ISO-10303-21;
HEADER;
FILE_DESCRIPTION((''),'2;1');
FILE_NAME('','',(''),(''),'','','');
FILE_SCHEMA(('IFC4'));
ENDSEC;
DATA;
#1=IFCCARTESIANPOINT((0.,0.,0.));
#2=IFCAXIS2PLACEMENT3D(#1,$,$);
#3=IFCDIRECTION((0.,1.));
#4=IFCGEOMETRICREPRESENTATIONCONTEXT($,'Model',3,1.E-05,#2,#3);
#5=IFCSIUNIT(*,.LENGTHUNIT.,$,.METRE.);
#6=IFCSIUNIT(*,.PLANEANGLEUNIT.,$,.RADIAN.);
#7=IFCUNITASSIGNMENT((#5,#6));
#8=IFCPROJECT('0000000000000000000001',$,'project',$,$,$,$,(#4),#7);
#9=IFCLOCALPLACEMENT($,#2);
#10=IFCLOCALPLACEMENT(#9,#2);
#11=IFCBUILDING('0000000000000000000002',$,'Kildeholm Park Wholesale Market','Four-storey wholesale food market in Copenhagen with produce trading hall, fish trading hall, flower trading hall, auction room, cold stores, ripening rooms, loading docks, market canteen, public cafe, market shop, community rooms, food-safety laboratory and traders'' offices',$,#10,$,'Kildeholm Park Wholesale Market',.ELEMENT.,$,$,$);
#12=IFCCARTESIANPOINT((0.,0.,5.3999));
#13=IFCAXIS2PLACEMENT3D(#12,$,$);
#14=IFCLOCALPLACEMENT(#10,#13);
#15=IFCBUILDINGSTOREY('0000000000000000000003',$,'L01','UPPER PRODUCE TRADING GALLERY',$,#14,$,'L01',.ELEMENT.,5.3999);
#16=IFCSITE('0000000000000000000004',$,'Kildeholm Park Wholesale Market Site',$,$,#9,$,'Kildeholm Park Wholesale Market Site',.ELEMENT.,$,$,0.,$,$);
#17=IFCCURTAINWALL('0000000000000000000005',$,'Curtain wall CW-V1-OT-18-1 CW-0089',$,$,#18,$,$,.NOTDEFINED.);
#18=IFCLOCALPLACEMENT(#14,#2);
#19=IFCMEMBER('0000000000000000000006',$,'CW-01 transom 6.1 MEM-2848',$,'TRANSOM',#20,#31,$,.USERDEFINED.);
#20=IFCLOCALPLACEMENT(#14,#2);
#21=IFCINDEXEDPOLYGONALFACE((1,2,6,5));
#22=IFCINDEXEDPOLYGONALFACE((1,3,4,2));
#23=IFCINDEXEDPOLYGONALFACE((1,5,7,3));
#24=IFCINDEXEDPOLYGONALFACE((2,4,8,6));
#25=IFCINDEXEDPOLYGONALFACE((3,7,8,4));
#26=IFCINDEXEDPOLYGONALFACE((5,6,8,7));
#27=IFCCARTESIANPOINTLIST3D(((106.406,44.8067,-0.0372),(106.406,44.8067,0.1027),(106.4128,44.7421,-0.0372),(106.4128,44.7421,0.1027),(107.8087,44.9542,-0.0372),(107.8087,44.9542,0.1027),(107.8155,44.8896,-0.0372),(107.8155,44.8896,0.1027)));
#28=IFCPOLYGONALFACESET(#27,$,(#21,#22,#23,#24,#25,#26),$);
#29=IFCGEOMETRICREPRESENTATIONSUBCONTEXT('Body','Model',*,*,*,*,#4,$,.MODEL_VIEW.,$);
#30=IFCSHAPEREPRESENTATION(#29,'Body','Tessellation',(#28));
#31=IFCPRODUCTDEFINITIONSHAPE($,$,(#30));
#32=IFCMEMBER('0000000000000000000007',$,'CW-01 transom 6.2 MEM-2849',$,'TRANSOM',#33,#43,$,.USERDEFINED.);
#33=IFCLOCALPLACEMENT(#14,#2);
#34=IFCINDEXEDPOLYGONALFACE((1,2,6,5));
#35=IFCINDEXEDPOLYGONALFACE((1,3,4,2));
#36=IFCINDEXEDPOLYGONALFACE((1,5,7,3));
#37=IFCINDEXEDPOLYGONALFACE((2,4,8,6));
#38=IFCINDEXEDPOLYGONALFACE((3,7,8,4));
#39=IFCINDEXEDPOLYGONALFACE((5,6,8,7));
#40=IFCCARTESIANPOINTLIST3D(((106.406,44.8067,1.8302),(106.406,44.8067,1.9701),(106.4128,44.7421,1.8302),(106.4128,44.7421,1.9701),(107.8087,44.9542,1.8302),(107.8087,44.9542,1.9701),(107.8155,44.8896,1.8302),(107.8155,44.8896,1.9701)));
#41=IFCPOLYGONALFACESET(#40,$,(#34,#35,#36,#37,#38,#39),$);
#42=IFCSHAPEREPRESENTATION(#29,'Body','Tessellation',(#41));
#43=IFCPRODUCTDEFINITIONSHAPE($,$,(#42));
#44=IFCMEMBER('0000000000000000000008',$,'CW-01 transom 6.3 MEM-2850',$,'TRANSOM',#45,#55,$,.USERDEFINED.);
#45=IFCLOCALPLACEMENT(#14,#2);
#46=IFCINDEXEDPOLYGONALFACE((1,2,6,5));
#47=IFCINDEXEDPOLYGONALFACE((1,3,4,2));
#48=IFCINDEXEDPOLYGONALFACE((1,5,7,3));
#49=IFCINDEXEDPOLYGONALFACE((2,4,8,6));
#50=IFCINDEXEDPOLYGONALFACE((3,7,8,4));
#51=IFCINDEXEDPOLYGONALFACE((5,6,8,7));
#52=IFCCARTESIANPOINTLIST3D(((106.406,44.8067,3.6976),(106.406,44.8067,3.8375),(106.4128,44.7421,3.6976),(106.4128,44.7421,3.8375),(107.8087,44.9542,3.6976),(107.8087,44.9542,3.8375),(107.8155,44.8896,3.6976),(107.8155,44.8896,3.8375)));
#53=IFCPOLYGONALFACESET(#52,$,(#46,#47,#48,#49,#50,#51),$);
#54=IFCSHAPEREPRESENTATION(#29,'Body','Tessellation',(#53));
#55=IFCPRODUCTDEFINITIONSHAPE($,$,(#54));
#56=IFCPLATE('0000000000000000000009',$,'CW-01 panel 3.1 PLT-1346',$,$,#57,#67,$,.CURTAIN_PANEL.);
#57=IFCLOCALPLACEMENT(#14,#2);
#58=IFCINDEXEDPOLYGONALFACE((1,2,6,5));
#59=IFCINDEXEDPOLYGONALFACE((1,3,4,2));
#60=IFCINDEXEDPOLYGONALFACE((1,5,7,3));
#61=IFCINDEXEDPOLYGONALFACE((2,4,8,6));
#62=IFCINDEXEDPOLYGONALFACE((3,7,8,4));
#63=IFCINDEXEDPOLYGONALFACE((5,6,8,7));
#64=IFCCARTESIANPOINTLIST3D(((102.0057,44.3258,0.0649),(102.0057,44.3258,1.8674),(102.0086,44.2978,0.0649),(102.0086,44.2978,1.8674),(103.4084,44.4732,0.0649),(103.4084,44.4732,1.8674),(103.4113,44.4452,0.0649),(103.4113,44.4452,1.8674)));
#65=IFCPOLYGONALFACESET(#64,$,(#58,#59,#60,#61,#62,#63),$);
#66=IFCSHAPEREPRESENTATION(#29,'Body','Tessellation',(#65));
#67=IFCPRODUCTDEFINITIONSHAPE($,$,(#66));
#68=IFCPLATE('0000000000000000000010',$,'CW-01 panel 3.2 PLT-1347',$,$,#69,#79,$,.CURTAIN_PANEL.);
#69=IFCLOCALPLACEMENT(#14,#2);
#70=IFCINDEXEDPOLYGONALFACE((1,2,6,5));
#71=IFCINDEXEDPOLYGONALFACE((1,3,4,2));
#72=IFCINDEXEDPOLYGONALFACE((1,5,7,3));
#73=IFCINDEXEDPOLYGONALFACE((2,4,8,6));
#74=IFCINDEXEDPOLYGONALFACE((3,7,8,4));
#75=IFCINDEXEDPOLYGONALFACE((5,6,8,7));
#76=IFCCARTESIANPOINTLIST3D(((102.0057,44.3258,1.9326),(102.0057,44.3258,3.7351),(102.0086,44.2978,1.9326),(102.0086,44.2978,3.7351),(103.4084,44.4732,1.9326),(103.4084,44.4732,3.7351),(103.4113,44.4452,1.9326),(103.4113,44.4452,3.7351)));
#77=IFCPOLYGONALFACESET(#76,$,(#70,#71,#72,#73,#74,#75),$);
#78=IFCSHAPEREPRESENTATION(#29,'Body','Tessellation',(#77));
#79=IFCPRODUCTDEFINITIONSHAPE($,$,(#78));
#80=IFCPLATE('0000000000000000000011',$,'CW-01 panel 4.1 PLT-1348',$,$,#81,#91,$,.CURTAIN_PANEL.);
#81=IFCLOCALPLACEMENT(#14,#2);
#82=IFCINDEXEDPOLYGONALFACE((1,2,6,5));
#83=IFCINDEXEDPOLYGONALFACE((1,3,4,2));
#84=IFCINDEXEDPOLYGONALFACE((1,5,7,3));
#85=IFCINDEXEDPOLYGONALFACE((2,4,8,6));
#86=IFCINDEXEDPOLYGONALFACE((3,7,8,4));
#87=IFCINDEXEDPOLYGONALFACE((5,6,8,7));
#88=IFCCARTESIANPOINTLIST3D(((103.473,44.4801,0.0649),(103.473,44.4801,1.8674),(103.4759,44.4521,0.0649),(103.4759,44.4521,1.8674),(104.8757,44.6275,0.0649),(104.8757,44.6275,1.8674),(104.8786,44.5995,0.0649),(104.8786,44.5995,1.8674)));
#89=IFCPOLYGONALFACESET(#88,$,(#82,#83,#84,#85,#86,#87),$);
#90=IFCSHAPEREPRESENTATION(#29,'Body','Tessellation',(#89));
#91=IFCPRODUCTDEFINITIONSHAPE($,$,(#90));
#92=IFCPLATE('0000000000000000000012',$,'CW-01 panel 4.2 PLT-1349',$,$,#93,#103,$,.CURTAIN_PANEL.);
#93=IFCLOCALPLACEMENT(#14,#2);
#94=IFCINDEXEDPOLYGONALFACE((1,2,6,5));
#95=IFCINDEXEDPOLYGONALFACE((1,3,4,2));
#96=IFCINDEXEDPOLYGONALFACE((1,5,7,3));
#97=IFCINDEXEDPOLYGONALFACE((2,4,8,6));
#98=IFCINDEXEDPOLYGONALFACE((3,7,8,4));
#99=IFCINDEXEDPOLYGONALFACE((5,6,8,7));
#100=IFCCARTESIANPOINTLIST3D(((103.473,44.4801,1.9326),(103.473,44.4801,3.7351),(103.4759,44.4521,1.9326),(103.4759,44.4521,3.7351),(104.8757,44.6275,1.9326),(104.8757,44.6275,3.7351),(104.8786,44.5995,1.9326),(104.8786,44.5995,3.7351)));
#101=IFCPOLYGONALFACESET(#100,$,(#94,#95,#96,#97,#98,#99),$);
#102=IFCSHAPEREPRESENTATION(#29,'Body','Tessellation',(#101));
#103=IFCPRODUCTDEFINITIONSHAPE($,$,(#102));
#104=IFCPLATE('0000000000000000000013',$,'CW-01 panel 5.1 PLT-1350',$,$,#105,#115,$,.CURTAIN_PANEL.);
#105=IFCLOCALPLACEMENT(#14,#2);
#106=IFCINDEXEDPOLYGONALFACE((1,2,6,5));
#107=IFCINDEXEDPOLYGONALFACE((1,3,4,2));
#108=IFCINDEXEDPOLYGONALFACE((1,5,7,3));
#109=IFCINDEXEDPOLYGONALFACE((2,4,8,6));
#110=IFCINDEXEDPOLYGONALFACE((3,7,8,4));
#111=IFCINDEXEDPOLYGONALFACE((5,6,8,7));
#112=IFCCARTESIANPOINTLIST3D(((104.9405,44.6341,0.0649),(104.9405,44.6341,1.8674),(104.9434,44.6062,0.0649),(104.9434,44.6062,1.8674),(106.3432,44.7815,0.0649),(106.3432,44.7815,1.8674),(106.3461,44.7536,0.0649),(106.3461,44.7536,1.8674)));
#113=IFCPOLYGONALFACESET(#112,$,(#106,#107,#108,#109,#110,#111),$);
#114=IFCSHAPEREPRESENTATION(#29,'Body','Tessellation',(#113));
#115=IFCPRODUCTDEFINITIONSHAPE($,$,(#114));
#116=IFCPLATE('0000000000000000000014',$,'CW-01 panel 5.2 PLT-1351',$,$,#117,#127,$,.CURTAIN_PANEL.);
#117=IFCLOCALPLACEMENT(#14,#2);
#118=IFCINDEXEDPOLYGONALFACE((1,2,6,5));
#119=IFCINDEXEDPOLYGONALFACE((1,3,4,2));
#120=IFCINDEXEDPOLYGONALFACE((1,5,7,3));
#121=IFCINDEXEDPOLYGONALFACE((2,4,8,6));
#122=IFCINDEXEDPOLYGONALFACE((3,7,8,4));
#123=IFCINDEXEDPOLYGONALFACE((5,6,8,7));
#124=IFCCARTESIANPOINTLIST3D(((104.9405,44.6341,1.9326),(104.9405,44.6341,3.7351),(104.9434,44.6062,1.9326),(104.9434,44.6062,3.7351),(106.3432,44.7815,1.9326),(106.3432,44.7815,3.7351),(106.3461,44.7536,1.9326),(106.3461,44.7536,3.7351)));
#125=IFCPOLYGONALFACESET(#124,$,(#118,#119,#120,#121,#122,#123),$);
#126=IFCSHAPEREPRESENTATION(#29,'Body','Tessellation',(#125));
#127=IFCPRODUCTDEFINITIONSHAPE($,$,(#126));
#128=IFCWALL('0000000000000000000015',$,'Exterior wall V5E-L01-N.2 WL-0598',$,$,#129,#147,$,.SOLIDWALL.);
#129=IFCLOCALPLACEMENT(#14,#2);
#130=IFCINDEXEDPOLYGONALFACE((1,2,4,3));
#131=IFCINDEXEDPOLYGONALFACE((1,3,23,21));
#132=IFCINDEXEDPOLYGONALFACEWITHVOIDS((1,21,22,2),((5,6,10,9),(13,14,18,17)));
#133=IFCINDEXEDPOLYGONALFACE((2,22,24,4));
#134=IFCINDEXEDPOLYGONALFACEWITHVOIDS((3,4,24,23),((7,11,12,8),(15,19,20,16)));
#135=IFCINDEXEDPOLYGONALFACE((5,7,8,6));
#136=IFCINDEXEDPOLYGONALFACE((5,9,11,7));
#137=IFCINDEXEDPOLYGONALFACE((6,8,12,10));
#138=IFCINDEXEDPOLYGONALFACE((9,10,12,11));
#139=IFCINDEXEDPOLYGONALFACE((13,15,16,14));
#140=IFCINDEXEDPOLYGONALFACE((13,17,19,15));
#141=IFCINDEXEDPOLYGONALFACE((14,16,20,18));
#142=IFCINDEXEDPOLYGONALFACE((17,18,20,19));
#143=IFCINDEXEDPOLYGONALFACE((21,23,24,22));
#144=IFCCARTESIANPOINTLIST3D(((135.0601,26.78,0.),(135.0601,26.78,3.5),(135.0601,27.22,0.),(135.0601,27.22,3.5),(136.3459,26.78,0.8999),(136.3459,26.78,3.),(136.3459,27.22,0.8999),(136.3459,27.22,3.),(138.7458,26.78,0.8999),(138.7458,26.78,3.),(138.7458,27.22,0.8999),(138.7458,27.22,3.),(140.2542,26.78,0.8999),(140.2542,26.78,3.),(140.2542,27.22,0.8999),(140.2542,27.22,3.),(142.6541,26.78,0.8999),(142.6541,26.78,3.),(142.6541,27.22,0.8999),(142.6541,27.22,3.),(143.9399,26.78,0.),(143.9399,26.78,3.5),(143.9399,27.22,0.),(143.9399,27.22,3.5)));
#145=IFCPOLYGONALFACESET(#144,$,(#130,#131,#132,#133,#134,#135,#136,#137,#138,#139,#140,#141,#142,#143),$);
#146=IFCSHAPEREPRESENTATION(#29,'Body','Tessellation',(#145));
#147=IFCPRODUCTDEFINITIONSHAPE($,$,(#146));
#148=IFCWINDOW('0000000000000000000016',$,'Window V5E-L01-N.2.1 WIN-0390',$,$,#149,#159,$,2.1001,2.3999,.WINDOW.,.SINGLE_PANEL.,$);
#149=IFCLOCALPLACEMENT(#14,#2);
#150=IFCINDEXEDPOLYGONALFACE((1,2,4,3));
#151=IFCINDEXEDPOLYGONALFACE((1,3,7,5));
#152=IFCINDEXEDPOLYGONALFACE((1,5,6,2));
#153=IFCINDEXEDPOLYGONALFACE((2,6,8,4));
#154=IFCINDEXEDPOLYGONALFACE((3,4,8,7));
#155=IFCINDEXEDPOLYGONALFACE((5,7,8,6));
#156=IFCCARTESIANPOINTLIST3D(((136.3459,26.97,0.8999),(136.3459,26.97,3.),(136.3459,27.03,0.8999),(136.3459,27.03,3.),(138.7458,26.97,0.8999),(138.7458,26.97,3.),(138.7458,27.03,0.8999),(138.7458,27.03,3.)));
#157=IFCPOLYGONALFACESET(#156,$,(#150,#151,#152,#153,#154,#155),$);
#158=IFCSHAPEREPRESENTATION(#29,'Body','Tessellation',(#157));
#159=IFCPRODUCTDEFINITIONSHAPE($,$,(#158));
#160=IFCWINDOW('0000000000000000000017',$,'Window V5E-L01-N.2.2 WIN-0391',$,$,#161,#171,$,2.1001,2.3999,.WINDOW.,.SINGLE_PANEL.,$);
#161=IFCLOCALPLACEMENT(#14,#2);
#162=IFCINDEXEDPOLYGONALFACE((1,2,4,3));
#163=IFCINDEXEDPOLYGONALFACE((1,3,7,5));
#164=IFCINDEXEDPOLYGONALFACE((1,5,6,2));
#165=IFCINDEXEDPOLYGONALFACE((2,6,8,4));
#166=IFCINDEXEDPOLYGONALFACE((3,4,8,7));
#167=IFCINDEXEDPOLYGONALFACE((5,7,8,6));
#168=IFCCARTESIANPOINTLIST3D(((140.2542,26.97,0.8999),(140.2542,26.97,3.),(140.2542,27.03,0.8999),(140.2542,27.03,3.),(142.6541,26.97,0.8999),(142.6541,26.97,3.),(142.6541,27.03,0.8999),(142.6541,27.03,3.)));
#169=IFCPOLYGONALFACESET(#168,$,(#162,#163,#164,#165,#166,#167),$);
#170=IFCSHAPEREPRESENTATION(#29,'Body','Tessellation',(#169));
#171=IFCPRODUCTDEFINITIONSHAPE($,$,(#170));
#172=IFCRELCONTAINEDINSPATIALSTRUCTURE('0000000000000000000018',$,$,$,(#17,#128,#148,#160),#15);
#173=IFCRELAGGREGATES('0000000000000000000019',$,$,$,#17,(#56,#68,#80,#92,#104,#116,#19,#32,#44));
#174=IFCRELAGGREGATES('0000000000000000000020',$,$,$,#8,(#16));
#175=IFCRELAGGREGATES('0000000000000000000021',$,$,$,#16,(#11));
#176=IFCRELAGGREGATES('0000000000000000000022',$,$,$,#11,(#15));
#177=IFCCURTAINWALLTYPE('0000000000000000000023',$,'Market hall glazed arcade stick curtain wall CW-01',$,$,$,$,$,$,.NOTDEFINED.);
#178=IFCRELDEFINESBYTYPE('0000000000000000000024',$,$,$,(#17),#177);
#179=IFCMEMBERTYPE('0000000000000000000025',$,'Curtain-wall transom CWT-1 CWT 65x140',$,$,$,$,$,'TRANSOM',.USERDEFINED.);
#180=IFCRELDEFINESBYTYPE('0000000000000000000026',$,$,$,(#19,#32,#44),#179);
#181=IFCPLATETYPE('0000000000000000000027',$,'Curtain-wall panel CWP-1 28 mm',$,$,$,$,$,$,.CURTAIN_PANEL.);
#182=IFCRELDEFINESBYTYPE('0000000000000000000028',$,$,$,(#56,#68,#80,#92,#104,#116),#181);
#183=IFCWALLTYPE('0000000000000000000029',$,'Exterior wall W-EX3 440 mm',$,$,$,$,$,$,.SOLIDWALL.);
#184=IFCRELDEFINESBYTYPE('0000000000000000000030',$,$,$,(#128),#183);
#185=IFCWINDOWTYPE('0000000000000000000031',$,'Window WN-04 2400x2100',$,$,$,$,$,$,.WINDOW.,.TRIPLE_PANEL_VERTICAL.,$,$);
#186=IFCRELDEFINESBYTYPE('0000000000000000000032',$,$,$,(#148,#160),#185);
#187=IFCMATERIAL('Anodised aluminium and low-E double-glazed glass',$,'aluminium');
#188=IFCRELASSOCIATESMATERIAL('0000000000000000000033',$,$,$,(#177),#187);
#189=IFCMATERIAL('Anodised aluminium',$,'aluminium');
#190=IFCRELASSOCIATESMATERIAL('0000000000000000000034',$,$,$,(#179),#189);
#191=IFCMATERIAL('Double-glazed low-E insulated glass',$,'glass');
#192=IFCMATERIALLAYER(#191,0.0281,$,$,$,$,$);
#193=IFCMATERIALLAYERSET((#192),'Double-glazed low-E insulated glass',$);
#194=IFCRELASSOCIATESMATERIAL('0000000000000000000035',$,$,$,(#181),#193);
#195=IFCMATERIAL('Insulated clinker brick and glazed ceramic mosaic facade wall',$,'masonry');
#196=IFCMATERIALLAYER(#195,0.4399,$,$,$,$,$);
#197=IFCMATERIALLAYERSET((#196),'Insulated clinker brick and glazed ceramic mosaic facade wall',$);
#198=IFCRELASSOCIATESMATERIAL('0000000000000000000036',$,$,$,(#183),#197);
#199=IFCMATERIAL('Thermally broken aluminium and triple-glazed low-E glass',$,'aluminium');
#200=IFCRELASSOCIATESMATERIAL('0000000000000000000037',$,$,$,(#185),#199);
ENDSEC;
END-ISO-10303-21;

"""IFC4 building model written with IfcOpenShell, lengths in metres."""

from ifc_helpers import new_model, si_unit, direction, frame, frame_2d, origin, origin_2d, place, context, subcontext, project, spatial, rectangle, extrude, material, layer, layer_set, material_profile, profile_set, type_object, element, fill, aggregate, save


model = new_model("IFC4")

# Units and contexts
model_context = context("Model", 3, precision=1e-05, world=origin(), true_north=direction((0.0, 1.0)))
body_context = subcontext(model_context, "Body", "Model", "MODEL_VIEW")
ifc_project = project(units=[si_unit("LENGTHUNIT", "METRE"), si_unit("PLANEANGLEUNIT", "RADIAN")], contexts=[model_context])

# Site, building, storey
site_placement = place(None, origin())
site = spatial("IfcSite", under=ifc_project, at=site_placement, Name="Kildeholm Park Wholesale Market Site", LongName="Kildeholm Park Wholesale Market Site", CompositionType="ELEMENT", RefElevation=0.0)
building_placement = place(site_placement, origin())
building = spatial("IfcBuilding", under=site, at=building_placement, Name="Kildeholm Park Wholesale Market", Description="Four-storey wholesale food market in Copenhagen with produce trading hall, fish trading hall, flower trading hall, auction room, cold stores, ripening rooms, loading docks, market canteen, public cafe, market shop, community rooms, food-safety laboratory and traders' offices", LongName="Kildeholm Park Wholesale Market", CompositionType="ELEMENT")
storey_placement = place(building_placement, frame((0.0, 0.0, 5.3999)))
storey = spatial("IfcBuildingStorey", under=building, at=storey_placement, Name="L01", Description="UPPER PRODUCE TRADING GALLERY", LongName="L01", CompositionType="ELEMENT", Elevation=5.3999)

# Curtain wall, members, plates
ifc_material_1 = material(Name="Anodised aluminium and low-E double-glazed glass", Category="aluminium")
curtain_wall_type = type_object("IfcCurtainWallType", Name="Market hall glazed arcade stick curtain wall CW-01", PredefinedType="NOTDEFINED", material=ifc_material_1)
curtain_wall_placement = place(storey_placement, origin())
curtain_wall = element("IfcCurtainWall", 1, at=curtain_wall_placement, inside=storey, type_object=curtain_wall_type, Name="Curtain wall CW-V1-OT-18-1 CW-0089", PredefinedType="NOTDEFINED")
ifc_material_2 = material(Name="Anodised aluminium", Category="aluminium")
ifc_material_profile_1 = material_profile(ifc_material_2, rectangle(XDim=0.0649, YDim=0.1399, at=origin_2d()), Name="CWT 65x140")
ifc_profile_set_1 = profile_set([ifc_material_profile_1], Name="Anodised aluminium")
member_type_1 = type_object("IfcMemberType", Name="Curtain-wall transom CWT-1 CWT 65x140", ElementType="TRANSOM", PredefinedType="USERDEFINED", material=ifc_profile_set_1)
member_1_placement = place(storey_placement, frame((106.4094, 44.7744, 0.0327), z_axis=(0.994519, 0.104559, 0.0), x_axis=(-0.104559, 0.994519, 0.0)))
member_1 = element("IfcMember", 2, at=member_1_placement, type_object=member_type_1, Name="CW-01 transom 6.1 MEM-2848", ObjectType="TRANSOM", PredefinedType="USERDEFINED", context=body_context, shape_type="SweptSolid", body=[
    extrude(rectangle(XDim=0.0649, YDim=0.1399, at=origin_2d()), origin(), (0.0, 0.0, 1.0), 1.4104),
])
member_2_placement = place(storey_placement, frame((106.4094, 44.7744, 1.9001), z_axis=(0.994519, 0.104559, 0.0), x_axis=(-0.104559, 0.994519, 0.0)))
member_2 = element("IfcMember", 3, at=member_2_placement, type_object=member_type_1, Name="CW-01 transom 6.2 MEM-2849", ObjectType="TRANSOM", PredefinedType="USERDEFINED", context=body_context, shape_type="SweptSolid", body=[
    extrude(rectangle(XDim=0.0649, YDim=0.1399, at=origin_2d()), origin(), (0.0, 0.0, 1.0), 1.4104),
])
member_3_placement = place(storey_placement, frame((106.4094, 44.7744, 3.7676), z_axis=(0.994519, 0.104559, 0.0), x_axis=(-0.104559, 0.994519, 0.0)))
member_3 = element("IfcMember", 4, at=member_3_placement, type_object=member_type_1, Name="CW-01 transom 6.3 MEM-2850", ObjectType="TRANSOM", PredefinedType="USERDEFINED", context=body_context, shape_type="SweptSolid", body=[
    extrude(rectangle(XDim=0.0649, YDim=0.1399, at=origin_2d()), origin(), (0.0, 0.0, 1.0), 1.4104),
])
ifc_material_3 = material(Name="Double-glazed low-E insulated glass", Category="glass")
ifc_layer_1 = layer(ifc_material_3, 0.0281)
ifc_layer_set_1 = layer_set([ifc_layer_1], Name="Double-glazed low-E insulated glass")
plate_type = type_object("IfcPlateType", Name="Curtain-wall panel CWP-1 28 mm", PredefinedType="CURTAIN_PANEL", material=ifc_layer_set_1)
plate_1_placement = place(storey_placement, frame((102.7085, 44.3855, 0.0649), z_axis=(0.0, 0.0, 1.0), x_axis=(0.994524, 0.104508, 0.0)))
plate_1 = element("IfcPlate", 5, at=plate_1_placement, type_object=plate_type, Name="CW-01 panel 3.1 PLT-1346", PredefinedType="CURTAIN_PANEL", context=body_context, shape_type="SweptSolid", body=[
    extrude(rectangle(XDim=1.4104, YDim=0.0281, at=origin_2d()), origin(), (0.0, 0.0, 1.0), 1.8025),
])
plate_2_placement = place(storey_placement, frame((102.7085, 44.3855, 1.9326), z_axis=(0.0, 0.0, 1.0), x_axis=(0.994524, 0.104508, 0.0)))
plate_2 = element("IfcPlate", 6, at=plate_2_placement, type_object=plate_type, Name="CW-01 panel 3.2 PLT-1347", PredefinedType="CURTAIN_PANEL", context=body_context, shape_type="SweptSolid", body=[
    extrude(rectangle(XDim=1.4104, YDim=0.0281, at=origin_2d()), origin(), (0.0, 0.0, 1.0), 1.8025),
])
plate_3_placement = place(storey_placement, frame((104.1758, 44.5398, 0.0649), z_axis=(0.0, 0.0, 1.0), x_axis=(0.994524, 0.104508, 0.0)))
plate_3 = element("IfcPlate", 7, at=plate_3_placement, type_object=plate_type, Name="CW-01 panel 4.1 PLT-1348", PredefinedType="CURTAIN_PANEL", context=body_context, shape_type="SweptSolid", body=[
    extrude(rectangle(XDim=1.4104, YDim=0.0281, at=origin_2d()), origin(), (0.0, 0.0, 1.0), 1.8025),
])
plate_4_placement = place(storey_placement, frame((104.1758, 44.5398, 1.9326), z_axis=(0.0, 0.0, 1.0), x_axis=(0.994524, 0.104508, 0.0)))
plate_4 = element("IfcPlate", 8, at=plate_4_placement, type_object=plate_type, Name="CW-01 panel 4.2 PLT-1349", PredefinedType="CURTAIN_PANEL", context=body_context, shape_type="SweptSolid", body=[
    extrude(rectangle(XDim=1.4104, YDim=0.0281, at=origin_2d()), origin(), (0.0, 0.0, 1.0), 1.8025),
])
plate_5_placement = place(storey_placement, frame((105.6433, 44.6938, 0.0649), z_axis=(0.0, 0.0, 1.0), x_axis=(0.994524, 0.104508, 0.0)))
plate_5 = element("IfcPlate", 9, at=plate_5_placement, type_object=plate_type, Name="CW-01 panel 5.1 PLT-1350", PredefinedType="CURTAIN_PANEL", context=body_context, shape_type="SweptSolid", body=[
    extrude(rectangle(XDim=1.4104, YDim=0.0281, at=origin_2d()), origin(), (0.0, 0.0, 1.0), 1.8025),
])
plate_6_placement = place(storey_placement, frame((105.6433, 44.6938, 1.9326), z_axis=(0.0, 0.0, 1.0), x_axis=(0.994524, 0.104508, 0.0)))
plate_6 = element("IfcPlate", 10, at=plate_6_placement, type_object=plate_type, Name="CW-01 panel 5.2 PLT-1351", PredefinedType="CURTAIN_PANEL", context=body_context, shape_type="SweptSolid", body=[
    extrude(rectangle(XDim=1.4104, YDim=0.0281, at=origin_2d()), origin(), (0.0, 0.0, 1.0), 1.8025),
])
aggregate(curtain_wall, [plate_1, plate_2, plate_3, plate_4, plate_5, plate_6, member_1, member_2, member_3])

# Wall, openings, windows
ifc_material_4 = material(Name="Insulated clinker brick and glazed ceramic mosaic facade wall", Category="masonry")
ifc_layer_2 = layer(ifc_material_4, 0.4399)
ifc_layer_set_2 = layer_set([ifc_layer_2], Name="Insulated clinker brick and glazed ceramic mosaic facade wall")
wall_type = type_object("IfcWallType", Name="Exterior wall W-EX3 440 mm", PredefinedType="SOLIDWALL", material=ifc_layer_set_2)
wall_placement = place(storey_placement, frame((135.0601, 27.0, 0.0), z_axis=(0.0, 0.0, 1.0), x_axis=(1.0, 0.0, 0.0)))
wall = element("IfcWall", 11, at=wall_placement, inside=storey, type_object=wall_type, Name="Exterior wall V5E-L01-N.2 WL-0598", PredefinedType="SOLIDWALL", context=body_context, shape_type="SweptSolid", body=[
    extrude(rectangle(XDim=8.8799, YDim=0.4399, at=frame_2d((4.4399, 0.0))), origin(), (0.0, 0.0, 1.0), 3.5),
])
opening_1_placement = place(wall_placement, frame((1.2859, 0.0, 0.8999)))
opening_1 = element("IfcOpeningElement", 12, at=opening_1_placement, cuts=wall, PredefinedType="OPENING", context=body_context, shape_type="SweptSolid", body=[
    extrude(rectangle(XDim=2.3999, YDim=2.1001, at=frame_2d((1.2, 1.05))), frame((0.0, 0.23, 0.0), z_axis=(0.0, -1.0, 0.0), x_axis=(1.0, 0.0, 0.0)), (0.0, 0.0, 1.0), 0.46),
])
opening_2_placement = place(wall_placement, frame((5.1941, 0.0, 0.8999)))
opening_2 = element("IfcOpeningElement", 13, at=opening_2_placement, cuts=wall, PredefinedType="OPENING", context=body_context, shape_type="SweptSolid", body=[
    extrude(rectangle(XDim=2.3999, YDim=2.1001, at=frame_2d((1.2, 1.05))), frame((0.0, 0.23, 0.0), z_axis=(0.0, -1.0, 0.0), x_axis=(1.0, 0.0, 0.0)), (0.0, 0.0, 1.0), 0.46),
])
ifc_material_5 = material(Name="Thermally broken aluminium and triple-glazed low-E glass", Category="aluminium")
window_type = type_object("IfcWindowType", Name="Window WN-04 2400x2100", PartitioningType="TRIPLE_PANEL_VERTICAL", PredefinedType="WINDOW", material=ifc_material_5)
window_1_placement = place(opening_1_placement, origin())
window_1 = element("IfcWindow", 14, at=window_1_placement, inside=storey, type_object=window_type, Name="Window V5E-L01-N.2.1 WIN-0390", OverallHeight=2.1001, OverallWidth=2.3999, PartitioningType="SINGLE_PANEL", PredefinedType="WINDOW", context=body_context, shape_type="SweptSolid", body=[
    extrude(rectangle(XDim=2.3999, YDim=2.1001, at=frame_2d((1.2, 1.05))), frame((0.0, 0.03, 0.0), z_axis=(0.0, -1.0, 0.0), x_axis=(1.0, 0.0, 0.0)), (0.0, 0.0, 1.0), 0.0601),
])
fill(opening_1, window_1)
window_2_placement = place(opening_2_placement, origin())
window_2 = element("IfcWindow", 15, at=window_2_placement, inside=storey, type_object=window_type, Name="Window V5E-L01-N.2.2 WIN-0391", OverallHeight=2.1001, OverallWidth=2.3999, PartitioningType="SINGLE_PANEL", PredefinedType="WINDOW", context=body_context, shape_type="SweptSolid", body=[
    extrude(rectangle(XDim=2.3999, YDim=2.1001, at=frame_2d((1.2, 1.05))), frame((0.0, 0.03, 0.0), z_axis=(0.0, -1.0, 0.0), x_axis=(1.0, 0.0, 0.0)), (0.0, 0.0, 1.0), 0.0601),
])
fill(opening_2, window_2)

save(model, "model.ifc")
